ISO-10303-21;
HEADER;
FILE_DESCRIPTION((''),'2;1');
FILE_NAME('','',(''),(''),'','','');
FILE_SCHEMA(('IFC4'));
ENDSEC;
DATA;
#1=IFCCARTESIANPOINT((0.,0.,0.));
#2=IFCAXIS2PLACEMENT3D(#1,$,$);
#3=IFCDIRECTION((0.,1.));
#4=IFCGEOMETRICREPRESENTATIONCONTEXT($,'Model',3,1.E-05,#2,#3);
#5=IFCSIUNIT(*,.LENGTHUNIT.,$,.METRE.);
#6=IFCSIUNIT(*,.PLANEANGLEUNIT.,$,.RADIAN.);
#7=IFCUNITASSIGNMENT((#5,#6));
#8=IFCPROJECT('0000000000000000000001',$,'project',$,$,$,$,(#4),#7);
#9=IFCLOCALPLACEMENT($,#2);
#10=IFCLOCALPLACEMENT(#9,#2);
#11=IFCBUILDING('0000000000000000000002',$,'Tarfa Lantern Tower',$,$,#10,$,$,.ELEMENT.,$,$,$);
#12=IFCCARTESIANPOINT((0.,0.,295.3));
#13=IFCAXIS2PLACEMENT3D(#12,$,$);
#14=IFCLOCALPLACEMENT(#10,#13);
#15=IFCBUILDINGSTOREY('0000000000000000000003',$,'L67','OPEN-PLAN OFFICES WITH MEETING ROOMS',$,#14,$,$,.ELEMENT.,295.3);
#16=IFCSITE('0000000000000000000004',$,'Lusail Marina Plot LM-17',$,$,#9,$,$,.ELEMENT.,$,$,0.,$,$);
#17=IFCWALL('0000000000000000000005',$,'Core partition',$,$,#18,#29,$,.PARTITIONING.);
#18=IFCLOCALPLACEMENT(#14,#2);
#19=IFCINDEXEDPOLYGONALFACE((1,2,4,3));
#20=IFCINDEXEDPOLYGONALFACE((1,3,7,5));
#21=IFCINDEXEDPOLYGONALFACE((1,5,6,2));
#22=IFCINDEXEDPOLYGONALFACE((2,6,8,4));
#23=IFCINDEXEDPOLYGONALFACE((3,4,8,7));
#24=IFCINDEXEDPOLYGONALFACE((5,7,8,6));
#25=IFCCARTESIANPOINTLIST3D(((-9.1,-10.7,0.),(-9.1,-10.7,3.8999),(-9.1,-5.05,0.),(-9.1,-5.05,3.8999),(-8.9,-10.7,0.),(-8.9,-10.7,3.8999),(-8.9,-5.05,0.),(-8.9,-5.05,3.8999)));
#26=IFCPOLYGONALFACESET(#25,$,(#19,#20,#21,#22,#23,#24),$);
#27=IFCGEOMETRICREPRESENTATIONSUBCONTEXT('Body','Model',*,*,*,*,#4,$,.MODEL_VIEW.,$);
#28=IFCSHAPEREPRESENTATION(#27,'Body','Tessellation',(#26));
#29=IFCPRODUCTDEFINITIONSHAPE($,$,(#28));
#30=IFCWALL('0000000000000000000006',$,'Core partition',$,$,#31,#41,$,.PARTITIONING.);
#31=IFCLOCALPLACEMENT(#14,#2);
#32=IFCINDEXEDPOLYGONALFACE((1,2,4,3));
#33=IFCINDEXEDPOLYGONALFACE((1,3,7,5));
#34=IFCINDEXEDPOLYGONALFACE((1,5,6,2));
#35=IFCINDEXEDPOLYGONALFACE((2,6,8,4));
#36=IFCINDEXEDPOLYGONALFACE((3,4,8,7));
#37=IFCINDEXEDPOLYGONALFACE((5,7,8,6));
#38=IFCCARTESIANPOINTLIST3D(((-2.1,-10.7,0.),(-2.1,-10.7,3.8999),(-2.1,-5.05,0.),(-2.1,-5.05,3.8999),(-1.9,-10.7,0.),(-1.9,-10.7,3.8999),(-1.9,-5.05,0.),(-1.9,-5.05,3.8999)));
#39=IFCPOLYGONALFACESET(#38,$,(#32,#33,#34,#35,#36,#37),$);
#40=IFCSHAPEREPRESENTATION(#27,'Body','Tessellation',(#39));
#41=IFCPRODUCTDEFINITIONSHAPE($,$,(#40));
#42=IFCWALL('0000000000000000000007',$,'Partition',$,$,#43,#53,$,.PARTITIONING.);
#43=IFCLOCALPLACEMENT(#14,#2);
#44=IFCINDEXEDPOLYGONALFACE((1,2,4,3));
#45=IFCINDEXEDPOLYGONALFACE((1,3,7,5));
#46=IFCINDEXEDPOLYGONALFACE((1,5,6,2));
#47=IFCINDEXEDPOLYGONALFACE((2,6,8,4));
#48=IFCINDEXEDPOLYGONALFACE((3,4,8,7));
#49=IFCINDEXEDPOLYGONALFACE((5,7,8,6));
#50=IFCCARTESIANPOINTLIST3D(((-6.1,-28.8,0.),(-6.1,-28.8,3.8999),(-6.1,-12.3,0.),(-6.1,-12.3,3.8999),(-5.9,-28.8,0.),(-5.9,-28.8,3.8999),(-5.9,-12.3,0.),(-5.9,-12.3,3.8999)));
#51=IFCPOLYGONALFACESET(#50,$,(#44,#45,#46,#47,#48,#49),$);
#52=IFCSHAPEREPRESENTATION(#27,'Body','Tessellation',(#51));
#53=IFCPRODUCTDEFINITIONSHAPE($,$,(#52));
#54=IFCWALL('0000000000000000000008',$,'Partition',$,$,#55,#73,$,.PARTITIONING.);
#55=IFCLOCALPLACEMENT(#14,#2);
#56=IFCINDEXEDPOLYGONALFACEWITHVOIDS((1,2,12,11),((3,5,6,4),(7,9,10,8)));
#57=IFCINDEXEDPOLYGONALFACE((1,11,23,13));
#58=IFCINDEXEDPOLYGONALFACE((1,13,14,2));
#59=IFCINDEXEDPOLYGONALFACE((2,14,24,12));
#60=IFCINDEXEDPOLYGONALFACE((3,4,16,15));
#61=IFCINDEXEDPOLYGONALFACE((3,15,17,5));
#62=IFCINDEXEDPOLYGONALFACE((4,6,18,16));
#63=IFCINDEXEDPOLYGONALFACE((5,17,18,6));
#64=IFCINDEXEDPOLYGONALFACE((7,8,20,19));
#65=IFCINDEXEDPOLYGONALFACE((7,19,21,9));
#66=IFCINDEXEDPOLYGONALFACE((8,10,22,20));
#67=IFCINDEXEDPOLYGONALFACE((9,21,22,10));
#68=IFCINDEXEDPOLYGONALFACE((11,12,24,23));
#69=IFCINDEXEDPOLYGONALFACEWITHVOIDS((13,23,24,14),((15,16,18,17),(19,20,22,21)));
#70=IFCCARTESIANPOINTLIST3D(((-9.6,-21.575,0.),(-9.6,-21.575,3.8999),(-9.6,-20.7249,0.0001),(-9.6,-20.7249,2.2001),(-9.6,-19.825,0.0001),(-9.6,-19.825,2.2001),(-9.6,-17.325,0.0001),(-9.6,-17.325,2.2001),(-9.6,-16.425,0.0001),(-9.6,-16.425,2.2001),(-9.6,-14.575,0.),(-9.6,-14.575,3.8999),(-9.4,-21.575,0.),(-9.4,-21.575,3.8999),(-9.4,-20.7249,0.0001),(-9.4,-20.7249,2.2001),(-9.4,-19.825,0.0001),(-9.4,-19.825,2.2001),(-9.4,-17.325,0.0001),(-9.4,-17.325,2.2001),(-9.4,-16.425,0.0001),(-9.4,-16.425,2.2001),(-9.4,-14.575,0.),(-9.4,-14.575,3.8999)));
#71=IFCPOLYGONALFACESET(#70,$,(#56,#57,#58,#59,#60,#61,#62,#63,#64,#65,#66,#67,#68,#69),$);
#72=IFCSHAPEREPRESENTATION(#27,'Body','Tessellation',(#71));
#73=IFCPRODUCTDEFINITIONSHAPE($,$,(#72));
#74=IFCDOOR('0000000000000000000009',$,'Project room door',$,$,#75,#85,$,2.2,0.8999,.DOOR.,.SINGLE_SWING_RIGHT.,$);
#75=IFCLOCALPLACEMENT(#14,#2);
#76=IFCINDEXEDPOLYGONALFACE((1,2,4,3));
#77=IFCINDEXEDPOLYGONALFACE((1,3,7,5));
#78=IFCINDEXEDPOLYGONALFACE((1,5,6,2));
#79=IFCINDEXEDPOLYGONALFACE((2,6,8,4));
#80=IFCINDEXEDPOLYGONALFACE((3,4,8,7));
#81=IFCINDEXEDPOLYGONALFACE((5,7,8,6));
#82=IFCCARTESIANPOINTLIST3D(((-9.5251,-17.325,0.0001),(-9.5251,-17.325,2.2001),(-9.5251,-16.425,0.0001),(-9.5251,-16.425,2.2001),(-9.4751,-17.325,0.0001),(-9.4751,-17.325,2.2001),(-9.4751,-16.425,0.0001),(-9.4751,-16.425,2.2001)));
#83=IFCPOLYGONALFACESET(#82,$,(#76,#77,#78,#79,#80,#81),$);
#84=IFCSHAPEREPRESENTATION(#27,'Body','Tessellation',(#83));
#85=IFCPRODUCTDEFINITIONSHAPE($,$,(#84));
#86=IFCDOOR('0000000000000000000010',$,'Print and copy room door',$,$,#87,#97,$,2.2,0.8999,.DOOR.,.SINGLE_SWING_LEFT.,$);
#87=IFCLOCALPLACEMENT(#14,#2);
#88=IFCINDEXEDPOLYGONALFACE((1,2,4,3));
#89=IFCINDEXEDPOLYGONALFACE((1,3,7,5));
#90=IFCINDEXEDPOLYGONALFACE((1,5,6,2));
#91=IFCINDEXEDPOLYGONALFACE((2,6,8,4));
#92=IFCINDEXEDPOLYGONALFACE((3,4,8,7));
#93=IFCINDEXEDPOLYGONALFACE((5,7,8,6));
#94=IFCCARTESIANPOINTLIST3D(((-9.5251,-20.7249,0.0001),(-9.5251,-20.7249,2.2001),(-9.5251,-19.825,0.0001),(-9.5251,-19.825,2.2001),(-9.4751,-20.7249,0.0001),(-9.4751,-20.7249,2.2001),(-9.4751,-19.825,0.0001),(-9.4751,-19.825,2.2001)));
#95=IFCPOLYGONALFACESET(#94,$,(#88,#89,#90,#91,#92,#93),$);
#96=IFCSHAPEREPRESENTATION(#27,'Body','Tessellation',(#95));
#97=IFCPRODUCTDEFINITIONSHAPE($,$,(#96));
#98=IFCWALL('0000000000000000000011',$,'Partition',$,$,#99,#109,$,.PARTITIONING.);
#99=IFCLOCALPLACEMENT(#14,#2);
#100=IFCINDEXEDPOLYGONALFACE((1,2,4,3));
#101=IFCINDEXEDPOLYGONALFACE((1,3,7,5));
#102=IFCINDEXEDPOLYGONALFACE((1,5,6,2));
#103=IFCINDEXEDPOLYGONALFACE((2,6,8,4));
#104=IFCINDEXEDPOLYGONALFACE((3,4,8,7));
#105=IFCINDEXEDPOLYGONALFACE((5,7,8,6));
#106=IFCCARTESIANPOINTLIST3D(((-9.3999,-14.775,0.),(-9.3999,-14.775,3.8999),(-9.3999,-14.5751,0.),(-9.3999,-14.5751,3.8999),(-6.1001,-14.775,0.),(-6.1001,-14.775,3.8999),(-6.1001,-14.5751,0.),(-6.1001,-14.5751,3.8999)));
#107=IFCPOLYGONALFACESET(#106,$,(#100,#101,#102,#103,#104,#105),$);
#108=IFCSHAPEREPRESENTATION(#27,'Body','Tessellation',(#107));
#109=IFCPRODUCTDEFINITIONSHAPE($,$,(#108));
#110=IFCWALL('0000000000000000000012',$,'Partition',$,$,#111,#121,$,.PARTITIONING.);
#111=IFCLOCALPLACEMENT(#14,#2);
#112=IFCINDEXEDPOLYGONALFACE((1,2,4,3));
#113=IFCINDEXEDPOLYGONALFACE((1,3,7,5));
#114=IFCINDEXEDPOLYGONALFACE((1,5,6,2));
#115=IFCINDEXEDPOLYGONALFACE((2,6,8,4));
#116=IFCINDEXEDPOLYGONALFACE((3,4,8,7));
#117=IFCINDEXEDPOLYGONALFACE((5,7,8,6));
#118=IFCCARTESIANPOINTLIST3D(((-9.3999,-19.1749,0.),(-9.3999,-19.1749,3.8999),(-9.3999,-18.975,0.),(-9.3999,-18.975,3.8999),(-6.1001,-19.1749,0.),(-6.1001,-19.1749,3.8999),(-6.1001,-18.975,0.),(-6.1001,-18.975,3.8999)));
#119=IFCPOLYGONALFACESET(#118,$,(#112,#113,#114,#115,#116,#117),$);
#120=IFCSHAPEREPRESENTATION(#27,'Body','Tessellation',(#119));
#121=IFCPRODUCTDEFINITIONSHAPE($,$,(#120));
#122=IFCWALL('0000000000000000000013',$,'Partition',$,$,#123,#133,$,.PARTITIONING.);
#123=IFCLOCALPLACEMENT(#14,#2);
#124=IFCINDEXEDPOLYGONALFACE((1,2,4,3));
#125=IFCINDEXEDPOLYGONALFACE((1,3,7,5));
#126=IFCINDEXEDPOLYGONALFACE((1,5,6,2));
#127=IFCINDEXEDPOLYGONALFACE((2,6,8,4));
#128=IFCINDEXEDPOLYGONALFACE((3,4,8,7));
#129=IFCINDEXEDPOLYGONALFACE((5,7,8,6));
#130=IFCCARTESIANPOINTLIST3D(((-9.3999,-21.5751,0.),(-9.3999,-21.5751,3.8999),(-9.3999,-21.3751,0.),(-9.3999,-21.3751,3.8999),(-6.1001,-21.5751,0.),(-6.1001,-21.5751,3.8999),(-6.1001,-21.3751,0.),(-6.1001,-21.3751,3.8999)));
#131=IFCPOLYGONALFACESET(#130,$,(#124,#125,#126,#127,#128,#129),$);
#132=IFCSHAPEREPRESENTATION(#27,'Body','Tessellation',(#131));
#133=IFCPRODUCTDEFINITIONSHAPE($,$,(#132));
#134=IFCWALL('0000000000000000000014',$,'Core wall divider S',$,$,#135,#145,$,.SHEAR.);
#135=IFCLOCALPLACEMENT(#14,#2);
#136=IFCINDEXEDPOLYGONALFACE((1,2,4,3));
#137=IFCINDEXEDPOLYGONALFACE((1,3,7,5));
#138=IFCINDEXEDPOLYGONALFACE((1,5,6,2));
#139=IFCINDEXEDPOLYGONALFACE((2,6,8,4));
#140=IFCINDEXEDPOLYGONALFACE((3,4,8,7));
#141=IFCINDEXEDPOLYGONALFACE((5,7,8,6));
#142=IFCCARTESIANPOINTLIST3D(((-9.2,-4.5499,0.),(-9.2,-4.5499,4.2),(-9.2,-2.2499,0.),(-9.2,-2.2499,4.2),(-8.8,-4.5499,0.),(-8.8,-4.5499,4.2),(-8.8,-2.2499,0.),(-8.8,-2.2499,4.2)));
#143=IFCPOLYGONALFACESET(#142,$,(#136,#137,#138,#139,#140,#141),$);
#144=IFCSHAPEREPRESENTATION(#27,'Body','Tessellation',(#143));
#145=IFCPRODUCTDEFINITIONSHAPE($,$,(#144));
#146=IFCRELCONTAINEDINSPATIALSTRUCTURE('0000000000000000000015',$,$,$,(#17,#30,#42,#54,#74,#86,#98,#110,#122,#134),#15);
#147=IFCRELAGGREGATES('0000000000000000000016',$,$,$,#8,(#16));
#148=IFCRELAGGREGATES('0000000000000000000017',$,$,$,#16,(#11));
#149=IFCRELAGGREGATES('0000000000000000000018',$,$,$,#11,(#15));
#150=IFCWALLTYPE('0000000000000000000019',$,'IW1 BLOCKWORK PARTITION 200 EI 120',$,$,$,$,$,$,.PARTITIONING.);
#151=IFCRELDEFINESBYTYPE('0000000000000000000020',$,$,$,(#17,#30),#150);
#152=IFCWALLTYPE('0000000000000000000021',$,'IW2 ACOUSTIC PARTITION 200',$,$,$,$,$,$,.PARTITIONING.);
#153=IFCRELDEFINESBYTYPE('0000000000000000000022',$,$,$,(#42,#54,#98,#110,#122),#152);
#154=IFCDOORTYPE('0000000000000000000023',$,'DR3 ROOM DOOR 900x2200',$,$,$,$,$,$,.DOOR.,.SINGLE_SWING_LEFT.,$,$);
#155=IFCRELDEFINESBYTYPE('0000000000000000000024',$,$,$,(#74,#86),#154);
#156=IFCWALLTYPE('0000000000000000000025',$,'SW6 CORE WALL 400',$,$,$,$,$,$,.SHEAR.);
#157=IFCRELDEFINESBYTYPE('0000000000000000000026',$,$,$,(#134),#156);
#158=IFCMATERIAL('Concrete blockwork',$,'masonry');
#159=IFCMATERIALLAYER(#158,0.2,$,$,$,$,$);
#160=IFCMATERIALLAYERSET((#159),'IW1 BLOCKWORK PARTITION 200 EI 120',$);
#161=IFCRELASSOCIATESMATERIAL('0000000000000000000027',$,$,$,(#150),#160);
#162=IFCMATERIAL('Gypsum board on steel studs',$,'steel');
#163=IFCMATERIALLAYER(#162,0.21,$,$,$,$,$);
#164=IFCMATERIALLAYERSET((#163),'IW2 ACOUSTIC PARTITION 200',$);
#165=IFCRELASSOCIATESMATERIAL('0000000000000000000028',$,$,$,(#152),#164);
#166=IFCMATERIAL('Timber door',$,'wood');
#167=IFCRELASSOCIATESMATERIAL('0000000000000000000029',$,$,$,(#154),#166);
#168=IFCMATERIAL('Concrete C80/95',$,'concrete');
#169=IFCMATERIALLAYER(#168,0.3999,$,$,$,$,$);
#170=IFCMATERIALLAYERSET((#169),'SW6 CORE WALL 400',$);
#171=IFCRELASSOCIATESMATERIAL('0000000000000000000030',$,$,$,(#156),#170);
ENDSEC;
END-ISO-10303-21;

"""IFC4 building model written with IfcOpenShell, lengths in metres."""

from ifc_helpers import new_model, si_unit, direction, frame, frame_2d, origin, place, context, subcontext, project, spatial, rectangle, extrude, material, layer, layer_set, type_object, element, fill, save


model = new_model("IFC4")

# Units and contexts
model_context = context("Model", 3, precision=1e-05, world=origin(), true_north=direction((0.0, 1.0)))
body_context = subcontext(model_context, "Body", "Model", "MODEL_VIEW")
ifc_project = project(units=[si_unit("LENGTHUNIT", "METRE"), si_unit("PLANEANGLEUNIT", "RADIAN")], contexts=[model_context])

# Site, building, storey
site_placement = place(None, origin())
site = spatial("IfcSite", under=ifc_project, at=site_placement, Name="Lusail Marina Plot LM-17", CompositionType="ELEMENT", RefElevation=0.0)
building_placement = place(site_placement, origin())
building = spatial("IfcBuilding", under=site, at=building_placement, Name="Tarfa Lantern Tower", CompositionType="ELEMENT")
storey_placement = place(building_placement, frame((0.0, 0.0, 295.3)))
storey = spatial("IfcBuildingStorey", under=building, at=storey_placement, Name="L67", Description="OPEN-PLAN OFFICES WITH MEETING ROOMS", CompositionType="ELEMENT", Elevation=295.3)

# Walls
ifc_material_1 = material(Name="Concrete blockwork", Category="masonry")
ifc_layer_1 = layer(ifc_material_1, 0.2)
ifc_layer_set_1 = layer_set([ifc_layer_1], Name="IW1 BLOCKWORK PARTITION 200 EI 120")
wall_type_1 = type_object("IfcWallType", Name="IW1 BLOCKWORK PARTITION 200 EI 120", PredefinedType="PARTITIONING", material=ifc_layer_set_1)
for number, where, z_axis, x_axis, name in (
    (1, (-9.0, -5.05, 0.0), (0.0, 0.0, 1.0), (0.0, -1.0, 0.0), "Core partition"),
    (2, (-2.0, -5.05, 0.0), (0.0, 0.0, 1.0), (0.0, -1.0, 0.0), "Core partition"),
):
    element("IfcWall", number, at=place(storey_placement, frame(where, z_axis=z_axis, x_axis=x_axis)), inside=storey, type_object=wall_type_1, Name=name, PredefinedType="PARTITIONING", context=body_context, shape_type="SweptSolid", body=[
        extrude(rectangle(XDim=5.6499, YDim=0.2, at=frame_2d((2.825, 0.0))), origin(), (0.0, 0.0, 1.0), 3.8999),
    ])
ifc_material_2 = material(Name="Gypsum board on steel studs", Category="steel")
ifc_layer_2 = layer(ifc_material_2, 0.21)
ifc_layer_set_2 = layer_set([ifc_layer_2], Name="IW2 ACOUSTIC PARTITION 200")
wall_type_2 = type_object("IfcWallType", Name="IW2 ACOUSTIC PARTITION 200", PredefinedType="PARTITIONING", material=ifc_layer_set_2)
wall_1_placement = place(storey_placement, frame((-6.0, -12.3, 0.0), z_axis=(0.0, 0.0, 1.0), x_axis=(0.0, -1.0, 0.0)))
element("IfcWall", 3, at=wall_1_placement, inside=storey, type_object=wall_type_2, Name="Partition", PredefinedType="PARTITIONING", context=body_context, shape_type="SweptSolid", body=[
    extrude(rectangle(XDim=16.5, YDim=0.2, at=frame_2d((8.25, 0.0))), origin(), (0.0, 0.0, 1.0), 3.8999),
])

# Wall, openings, doors
wall_2_placement = place(storey_placement, frame((-9.5, -14.575, 0.0), z_axis=(0.0, 0.0, 1.0), x_axis=(0.0, -1.0, 0.0)))
wall_2 = element("IfcWall", 4, at=wall_2_placement, inside=storey, type_object=wall_type_2, Name="Partition", PredefinedType="PARTITIONING", context=body_context, shape_type="SweptSolid", body=[
    extrude(rectangle(XDim=7.0, YDim=0.2, at=frame_2d((3.5, 0.0))), origin(), (0.0, 0.0, 1.0), 3.8999),
])
opening_1_placement = place(wall_2_placement, frame((1.8501, 0.0, 0.0)))
opening_1 = element("IfcOpeningElement", 5, at=opening_1_placement, cuts=wall_2, PredefinedType="OPENING", context=body_context, shape_type="SweptSolid", body=[
    extrude(rectangle(XDim=0.8999, YDim=2.2, at=frame_2d((0.45, 1.1001))), frame((0.0, 0.1099, 0.0), z_axis=(0.0, -1.0, 0.0), x_axis=(1.0, 0.0, 0.0)), (0.0, 0.0, 1.0), 0.22),
])
opening_2_placement = place(wall_2_placement, frame((5.25, 0.0, 0.0)))
opening_2 = element("IfcOpeningElement", 6, at=opening_2_placement, cuts=wall_2, PredefinedType="OPENING", context=body_context, shape_type="SweptSolid", body=[
    extrude(rectangle(XDim=0.8999, YDim=2.2, at=frame_2d((0.45, 1.1001))), frame((0.0, 0.1099, 0.0), z_axis=(0.0, -1.0, 0.0), x_axis=(1.0, 0.0, 0.0)), (0.0, 0.0, 1.0), 0.22),
])
ifc_material_3 = material(Name="Timber door", Category="wood")
door_type_1 = type_object("IfcDoorType", Name="DR3 ROOM DOOR 900x2200", OperationType="SINGLE_SWING_LEFT", PredefinedType="DOOR", material=ifc_material_3)
door_1_placement = place(opening_1_placement, origin())
door_1 = element("IfcDoor", 7, at=door_1_placement, inside=storey, type_object=door_type_1, Name="Project room door", OperationType="SINGLE_SWING_RIGHT", OverallHeight=2.2, OverallWidth=0.8999, PredefinedType="DOOR", context=body_context, shape_type="SweptSolid", body=[
    extrude(rectangle(XDim=0.8999, YDim=2.2, at=frame_2d((0.45, 1.1001))), frame((0.0, 0.0249, 0.0), z_axis=(0.0, -1.0, 0.0), x_axis=(1.0, 0.0, 0.0)), (0.0, 0.0, 1.0), 0.05),
])
fill(opening_1, door_1)
door_2_placement = place(opening_2_placement, origin())
door_2 = element("IfcDoor", 8, at=door_2_placement, inside=storey, type_object=door_type_1, Name="Print and copy room door", OperationType="SINGLE_SWING_LEFT", OverallHeight=2.2, OverallWidth=0.8999, PredefinedType="DOOR", context=body_context, shape_type="SweptSolid", body=[
    extrude(rectangle(XDim=0.8999, YDim=2.2, at=frame_2d((0.45, 1.1001))), frame((0.0, 0.0249, 0.0), z_axis=(0.0, -1.0, 0.0), x_axis=(1.0, 0.0, 0.0)), (0.0, 0.0, 1.0), 0.05),
])
fill(opening_2, door_2)

# Walls
for number, where, z_axis, x_axis, name in (
    (9, (-6.1001, -14.675, 0.0), (0.0, 0.0, 1.0), (-1.0, 0.0, 0.0), "Partition"),
    (10, (-6.1001, -19.075, 0.0), (0.0, 0.0, 1.0), (-1.0, 0.0, 0.0), "Partition"),
    (11, (-6.1001, -21.4751, 0.0), (0.0, 0.0, 1.0), (-1.0, 0.0, 0.0), "Partition"),
):
    element("IfcWall", number, at=place(storey_placement, frame(where, z_axis=z_axis, x_axis=x_axis)), inside=storey, type_object=wall_type_2, Name=name, PredefinedType="PARTITIONING", context=body_context, shape_type="SweptSolid", body=[
        extrude(rectangle(XDim=3.2998, YDim=0.2, at=frame_2d((1.6499, 0.0))), origin(), (0.0, 0.0, 1.0), 3.8999),
    ])
ifc_material_4 = material(Name="Concrete C80/95", Category="concrete")
ifc_layer_3 = layer(ifc_material_4, 0.3999)
ifc_layer_set_3 = layer_set([ifc_layer_3], Name="SW6 CORE WALL 400")
wall_type_3 = type_object("IfcWallType", Name="SW6 CORE WALL 400", PredefinedType="SHEAR", material=ifc_layer_set_3)
wall_3_placement = place(storey_placement, frame((-9.0, -2.25, 0.0), z_axis=(0.0, 0.0, 1.0), x_axis=(0.0, -1.0, 0.0)))
element("IfcWall", 12, at=wall_3_placement, inside=storey, type_object=wall_type_3, Name="Core wall divider S", PredefinedType="SHEAR", context=body_context, shape_type="SweptSolid", body=[
    extrude(rectangle(XDim=2.3, YDim=0.3999, at=frame_2d((1.1499, 0.0))), origin(), (0.0, 0.0, 1.0), 4.2),
])

save(model, "model.ifc")
